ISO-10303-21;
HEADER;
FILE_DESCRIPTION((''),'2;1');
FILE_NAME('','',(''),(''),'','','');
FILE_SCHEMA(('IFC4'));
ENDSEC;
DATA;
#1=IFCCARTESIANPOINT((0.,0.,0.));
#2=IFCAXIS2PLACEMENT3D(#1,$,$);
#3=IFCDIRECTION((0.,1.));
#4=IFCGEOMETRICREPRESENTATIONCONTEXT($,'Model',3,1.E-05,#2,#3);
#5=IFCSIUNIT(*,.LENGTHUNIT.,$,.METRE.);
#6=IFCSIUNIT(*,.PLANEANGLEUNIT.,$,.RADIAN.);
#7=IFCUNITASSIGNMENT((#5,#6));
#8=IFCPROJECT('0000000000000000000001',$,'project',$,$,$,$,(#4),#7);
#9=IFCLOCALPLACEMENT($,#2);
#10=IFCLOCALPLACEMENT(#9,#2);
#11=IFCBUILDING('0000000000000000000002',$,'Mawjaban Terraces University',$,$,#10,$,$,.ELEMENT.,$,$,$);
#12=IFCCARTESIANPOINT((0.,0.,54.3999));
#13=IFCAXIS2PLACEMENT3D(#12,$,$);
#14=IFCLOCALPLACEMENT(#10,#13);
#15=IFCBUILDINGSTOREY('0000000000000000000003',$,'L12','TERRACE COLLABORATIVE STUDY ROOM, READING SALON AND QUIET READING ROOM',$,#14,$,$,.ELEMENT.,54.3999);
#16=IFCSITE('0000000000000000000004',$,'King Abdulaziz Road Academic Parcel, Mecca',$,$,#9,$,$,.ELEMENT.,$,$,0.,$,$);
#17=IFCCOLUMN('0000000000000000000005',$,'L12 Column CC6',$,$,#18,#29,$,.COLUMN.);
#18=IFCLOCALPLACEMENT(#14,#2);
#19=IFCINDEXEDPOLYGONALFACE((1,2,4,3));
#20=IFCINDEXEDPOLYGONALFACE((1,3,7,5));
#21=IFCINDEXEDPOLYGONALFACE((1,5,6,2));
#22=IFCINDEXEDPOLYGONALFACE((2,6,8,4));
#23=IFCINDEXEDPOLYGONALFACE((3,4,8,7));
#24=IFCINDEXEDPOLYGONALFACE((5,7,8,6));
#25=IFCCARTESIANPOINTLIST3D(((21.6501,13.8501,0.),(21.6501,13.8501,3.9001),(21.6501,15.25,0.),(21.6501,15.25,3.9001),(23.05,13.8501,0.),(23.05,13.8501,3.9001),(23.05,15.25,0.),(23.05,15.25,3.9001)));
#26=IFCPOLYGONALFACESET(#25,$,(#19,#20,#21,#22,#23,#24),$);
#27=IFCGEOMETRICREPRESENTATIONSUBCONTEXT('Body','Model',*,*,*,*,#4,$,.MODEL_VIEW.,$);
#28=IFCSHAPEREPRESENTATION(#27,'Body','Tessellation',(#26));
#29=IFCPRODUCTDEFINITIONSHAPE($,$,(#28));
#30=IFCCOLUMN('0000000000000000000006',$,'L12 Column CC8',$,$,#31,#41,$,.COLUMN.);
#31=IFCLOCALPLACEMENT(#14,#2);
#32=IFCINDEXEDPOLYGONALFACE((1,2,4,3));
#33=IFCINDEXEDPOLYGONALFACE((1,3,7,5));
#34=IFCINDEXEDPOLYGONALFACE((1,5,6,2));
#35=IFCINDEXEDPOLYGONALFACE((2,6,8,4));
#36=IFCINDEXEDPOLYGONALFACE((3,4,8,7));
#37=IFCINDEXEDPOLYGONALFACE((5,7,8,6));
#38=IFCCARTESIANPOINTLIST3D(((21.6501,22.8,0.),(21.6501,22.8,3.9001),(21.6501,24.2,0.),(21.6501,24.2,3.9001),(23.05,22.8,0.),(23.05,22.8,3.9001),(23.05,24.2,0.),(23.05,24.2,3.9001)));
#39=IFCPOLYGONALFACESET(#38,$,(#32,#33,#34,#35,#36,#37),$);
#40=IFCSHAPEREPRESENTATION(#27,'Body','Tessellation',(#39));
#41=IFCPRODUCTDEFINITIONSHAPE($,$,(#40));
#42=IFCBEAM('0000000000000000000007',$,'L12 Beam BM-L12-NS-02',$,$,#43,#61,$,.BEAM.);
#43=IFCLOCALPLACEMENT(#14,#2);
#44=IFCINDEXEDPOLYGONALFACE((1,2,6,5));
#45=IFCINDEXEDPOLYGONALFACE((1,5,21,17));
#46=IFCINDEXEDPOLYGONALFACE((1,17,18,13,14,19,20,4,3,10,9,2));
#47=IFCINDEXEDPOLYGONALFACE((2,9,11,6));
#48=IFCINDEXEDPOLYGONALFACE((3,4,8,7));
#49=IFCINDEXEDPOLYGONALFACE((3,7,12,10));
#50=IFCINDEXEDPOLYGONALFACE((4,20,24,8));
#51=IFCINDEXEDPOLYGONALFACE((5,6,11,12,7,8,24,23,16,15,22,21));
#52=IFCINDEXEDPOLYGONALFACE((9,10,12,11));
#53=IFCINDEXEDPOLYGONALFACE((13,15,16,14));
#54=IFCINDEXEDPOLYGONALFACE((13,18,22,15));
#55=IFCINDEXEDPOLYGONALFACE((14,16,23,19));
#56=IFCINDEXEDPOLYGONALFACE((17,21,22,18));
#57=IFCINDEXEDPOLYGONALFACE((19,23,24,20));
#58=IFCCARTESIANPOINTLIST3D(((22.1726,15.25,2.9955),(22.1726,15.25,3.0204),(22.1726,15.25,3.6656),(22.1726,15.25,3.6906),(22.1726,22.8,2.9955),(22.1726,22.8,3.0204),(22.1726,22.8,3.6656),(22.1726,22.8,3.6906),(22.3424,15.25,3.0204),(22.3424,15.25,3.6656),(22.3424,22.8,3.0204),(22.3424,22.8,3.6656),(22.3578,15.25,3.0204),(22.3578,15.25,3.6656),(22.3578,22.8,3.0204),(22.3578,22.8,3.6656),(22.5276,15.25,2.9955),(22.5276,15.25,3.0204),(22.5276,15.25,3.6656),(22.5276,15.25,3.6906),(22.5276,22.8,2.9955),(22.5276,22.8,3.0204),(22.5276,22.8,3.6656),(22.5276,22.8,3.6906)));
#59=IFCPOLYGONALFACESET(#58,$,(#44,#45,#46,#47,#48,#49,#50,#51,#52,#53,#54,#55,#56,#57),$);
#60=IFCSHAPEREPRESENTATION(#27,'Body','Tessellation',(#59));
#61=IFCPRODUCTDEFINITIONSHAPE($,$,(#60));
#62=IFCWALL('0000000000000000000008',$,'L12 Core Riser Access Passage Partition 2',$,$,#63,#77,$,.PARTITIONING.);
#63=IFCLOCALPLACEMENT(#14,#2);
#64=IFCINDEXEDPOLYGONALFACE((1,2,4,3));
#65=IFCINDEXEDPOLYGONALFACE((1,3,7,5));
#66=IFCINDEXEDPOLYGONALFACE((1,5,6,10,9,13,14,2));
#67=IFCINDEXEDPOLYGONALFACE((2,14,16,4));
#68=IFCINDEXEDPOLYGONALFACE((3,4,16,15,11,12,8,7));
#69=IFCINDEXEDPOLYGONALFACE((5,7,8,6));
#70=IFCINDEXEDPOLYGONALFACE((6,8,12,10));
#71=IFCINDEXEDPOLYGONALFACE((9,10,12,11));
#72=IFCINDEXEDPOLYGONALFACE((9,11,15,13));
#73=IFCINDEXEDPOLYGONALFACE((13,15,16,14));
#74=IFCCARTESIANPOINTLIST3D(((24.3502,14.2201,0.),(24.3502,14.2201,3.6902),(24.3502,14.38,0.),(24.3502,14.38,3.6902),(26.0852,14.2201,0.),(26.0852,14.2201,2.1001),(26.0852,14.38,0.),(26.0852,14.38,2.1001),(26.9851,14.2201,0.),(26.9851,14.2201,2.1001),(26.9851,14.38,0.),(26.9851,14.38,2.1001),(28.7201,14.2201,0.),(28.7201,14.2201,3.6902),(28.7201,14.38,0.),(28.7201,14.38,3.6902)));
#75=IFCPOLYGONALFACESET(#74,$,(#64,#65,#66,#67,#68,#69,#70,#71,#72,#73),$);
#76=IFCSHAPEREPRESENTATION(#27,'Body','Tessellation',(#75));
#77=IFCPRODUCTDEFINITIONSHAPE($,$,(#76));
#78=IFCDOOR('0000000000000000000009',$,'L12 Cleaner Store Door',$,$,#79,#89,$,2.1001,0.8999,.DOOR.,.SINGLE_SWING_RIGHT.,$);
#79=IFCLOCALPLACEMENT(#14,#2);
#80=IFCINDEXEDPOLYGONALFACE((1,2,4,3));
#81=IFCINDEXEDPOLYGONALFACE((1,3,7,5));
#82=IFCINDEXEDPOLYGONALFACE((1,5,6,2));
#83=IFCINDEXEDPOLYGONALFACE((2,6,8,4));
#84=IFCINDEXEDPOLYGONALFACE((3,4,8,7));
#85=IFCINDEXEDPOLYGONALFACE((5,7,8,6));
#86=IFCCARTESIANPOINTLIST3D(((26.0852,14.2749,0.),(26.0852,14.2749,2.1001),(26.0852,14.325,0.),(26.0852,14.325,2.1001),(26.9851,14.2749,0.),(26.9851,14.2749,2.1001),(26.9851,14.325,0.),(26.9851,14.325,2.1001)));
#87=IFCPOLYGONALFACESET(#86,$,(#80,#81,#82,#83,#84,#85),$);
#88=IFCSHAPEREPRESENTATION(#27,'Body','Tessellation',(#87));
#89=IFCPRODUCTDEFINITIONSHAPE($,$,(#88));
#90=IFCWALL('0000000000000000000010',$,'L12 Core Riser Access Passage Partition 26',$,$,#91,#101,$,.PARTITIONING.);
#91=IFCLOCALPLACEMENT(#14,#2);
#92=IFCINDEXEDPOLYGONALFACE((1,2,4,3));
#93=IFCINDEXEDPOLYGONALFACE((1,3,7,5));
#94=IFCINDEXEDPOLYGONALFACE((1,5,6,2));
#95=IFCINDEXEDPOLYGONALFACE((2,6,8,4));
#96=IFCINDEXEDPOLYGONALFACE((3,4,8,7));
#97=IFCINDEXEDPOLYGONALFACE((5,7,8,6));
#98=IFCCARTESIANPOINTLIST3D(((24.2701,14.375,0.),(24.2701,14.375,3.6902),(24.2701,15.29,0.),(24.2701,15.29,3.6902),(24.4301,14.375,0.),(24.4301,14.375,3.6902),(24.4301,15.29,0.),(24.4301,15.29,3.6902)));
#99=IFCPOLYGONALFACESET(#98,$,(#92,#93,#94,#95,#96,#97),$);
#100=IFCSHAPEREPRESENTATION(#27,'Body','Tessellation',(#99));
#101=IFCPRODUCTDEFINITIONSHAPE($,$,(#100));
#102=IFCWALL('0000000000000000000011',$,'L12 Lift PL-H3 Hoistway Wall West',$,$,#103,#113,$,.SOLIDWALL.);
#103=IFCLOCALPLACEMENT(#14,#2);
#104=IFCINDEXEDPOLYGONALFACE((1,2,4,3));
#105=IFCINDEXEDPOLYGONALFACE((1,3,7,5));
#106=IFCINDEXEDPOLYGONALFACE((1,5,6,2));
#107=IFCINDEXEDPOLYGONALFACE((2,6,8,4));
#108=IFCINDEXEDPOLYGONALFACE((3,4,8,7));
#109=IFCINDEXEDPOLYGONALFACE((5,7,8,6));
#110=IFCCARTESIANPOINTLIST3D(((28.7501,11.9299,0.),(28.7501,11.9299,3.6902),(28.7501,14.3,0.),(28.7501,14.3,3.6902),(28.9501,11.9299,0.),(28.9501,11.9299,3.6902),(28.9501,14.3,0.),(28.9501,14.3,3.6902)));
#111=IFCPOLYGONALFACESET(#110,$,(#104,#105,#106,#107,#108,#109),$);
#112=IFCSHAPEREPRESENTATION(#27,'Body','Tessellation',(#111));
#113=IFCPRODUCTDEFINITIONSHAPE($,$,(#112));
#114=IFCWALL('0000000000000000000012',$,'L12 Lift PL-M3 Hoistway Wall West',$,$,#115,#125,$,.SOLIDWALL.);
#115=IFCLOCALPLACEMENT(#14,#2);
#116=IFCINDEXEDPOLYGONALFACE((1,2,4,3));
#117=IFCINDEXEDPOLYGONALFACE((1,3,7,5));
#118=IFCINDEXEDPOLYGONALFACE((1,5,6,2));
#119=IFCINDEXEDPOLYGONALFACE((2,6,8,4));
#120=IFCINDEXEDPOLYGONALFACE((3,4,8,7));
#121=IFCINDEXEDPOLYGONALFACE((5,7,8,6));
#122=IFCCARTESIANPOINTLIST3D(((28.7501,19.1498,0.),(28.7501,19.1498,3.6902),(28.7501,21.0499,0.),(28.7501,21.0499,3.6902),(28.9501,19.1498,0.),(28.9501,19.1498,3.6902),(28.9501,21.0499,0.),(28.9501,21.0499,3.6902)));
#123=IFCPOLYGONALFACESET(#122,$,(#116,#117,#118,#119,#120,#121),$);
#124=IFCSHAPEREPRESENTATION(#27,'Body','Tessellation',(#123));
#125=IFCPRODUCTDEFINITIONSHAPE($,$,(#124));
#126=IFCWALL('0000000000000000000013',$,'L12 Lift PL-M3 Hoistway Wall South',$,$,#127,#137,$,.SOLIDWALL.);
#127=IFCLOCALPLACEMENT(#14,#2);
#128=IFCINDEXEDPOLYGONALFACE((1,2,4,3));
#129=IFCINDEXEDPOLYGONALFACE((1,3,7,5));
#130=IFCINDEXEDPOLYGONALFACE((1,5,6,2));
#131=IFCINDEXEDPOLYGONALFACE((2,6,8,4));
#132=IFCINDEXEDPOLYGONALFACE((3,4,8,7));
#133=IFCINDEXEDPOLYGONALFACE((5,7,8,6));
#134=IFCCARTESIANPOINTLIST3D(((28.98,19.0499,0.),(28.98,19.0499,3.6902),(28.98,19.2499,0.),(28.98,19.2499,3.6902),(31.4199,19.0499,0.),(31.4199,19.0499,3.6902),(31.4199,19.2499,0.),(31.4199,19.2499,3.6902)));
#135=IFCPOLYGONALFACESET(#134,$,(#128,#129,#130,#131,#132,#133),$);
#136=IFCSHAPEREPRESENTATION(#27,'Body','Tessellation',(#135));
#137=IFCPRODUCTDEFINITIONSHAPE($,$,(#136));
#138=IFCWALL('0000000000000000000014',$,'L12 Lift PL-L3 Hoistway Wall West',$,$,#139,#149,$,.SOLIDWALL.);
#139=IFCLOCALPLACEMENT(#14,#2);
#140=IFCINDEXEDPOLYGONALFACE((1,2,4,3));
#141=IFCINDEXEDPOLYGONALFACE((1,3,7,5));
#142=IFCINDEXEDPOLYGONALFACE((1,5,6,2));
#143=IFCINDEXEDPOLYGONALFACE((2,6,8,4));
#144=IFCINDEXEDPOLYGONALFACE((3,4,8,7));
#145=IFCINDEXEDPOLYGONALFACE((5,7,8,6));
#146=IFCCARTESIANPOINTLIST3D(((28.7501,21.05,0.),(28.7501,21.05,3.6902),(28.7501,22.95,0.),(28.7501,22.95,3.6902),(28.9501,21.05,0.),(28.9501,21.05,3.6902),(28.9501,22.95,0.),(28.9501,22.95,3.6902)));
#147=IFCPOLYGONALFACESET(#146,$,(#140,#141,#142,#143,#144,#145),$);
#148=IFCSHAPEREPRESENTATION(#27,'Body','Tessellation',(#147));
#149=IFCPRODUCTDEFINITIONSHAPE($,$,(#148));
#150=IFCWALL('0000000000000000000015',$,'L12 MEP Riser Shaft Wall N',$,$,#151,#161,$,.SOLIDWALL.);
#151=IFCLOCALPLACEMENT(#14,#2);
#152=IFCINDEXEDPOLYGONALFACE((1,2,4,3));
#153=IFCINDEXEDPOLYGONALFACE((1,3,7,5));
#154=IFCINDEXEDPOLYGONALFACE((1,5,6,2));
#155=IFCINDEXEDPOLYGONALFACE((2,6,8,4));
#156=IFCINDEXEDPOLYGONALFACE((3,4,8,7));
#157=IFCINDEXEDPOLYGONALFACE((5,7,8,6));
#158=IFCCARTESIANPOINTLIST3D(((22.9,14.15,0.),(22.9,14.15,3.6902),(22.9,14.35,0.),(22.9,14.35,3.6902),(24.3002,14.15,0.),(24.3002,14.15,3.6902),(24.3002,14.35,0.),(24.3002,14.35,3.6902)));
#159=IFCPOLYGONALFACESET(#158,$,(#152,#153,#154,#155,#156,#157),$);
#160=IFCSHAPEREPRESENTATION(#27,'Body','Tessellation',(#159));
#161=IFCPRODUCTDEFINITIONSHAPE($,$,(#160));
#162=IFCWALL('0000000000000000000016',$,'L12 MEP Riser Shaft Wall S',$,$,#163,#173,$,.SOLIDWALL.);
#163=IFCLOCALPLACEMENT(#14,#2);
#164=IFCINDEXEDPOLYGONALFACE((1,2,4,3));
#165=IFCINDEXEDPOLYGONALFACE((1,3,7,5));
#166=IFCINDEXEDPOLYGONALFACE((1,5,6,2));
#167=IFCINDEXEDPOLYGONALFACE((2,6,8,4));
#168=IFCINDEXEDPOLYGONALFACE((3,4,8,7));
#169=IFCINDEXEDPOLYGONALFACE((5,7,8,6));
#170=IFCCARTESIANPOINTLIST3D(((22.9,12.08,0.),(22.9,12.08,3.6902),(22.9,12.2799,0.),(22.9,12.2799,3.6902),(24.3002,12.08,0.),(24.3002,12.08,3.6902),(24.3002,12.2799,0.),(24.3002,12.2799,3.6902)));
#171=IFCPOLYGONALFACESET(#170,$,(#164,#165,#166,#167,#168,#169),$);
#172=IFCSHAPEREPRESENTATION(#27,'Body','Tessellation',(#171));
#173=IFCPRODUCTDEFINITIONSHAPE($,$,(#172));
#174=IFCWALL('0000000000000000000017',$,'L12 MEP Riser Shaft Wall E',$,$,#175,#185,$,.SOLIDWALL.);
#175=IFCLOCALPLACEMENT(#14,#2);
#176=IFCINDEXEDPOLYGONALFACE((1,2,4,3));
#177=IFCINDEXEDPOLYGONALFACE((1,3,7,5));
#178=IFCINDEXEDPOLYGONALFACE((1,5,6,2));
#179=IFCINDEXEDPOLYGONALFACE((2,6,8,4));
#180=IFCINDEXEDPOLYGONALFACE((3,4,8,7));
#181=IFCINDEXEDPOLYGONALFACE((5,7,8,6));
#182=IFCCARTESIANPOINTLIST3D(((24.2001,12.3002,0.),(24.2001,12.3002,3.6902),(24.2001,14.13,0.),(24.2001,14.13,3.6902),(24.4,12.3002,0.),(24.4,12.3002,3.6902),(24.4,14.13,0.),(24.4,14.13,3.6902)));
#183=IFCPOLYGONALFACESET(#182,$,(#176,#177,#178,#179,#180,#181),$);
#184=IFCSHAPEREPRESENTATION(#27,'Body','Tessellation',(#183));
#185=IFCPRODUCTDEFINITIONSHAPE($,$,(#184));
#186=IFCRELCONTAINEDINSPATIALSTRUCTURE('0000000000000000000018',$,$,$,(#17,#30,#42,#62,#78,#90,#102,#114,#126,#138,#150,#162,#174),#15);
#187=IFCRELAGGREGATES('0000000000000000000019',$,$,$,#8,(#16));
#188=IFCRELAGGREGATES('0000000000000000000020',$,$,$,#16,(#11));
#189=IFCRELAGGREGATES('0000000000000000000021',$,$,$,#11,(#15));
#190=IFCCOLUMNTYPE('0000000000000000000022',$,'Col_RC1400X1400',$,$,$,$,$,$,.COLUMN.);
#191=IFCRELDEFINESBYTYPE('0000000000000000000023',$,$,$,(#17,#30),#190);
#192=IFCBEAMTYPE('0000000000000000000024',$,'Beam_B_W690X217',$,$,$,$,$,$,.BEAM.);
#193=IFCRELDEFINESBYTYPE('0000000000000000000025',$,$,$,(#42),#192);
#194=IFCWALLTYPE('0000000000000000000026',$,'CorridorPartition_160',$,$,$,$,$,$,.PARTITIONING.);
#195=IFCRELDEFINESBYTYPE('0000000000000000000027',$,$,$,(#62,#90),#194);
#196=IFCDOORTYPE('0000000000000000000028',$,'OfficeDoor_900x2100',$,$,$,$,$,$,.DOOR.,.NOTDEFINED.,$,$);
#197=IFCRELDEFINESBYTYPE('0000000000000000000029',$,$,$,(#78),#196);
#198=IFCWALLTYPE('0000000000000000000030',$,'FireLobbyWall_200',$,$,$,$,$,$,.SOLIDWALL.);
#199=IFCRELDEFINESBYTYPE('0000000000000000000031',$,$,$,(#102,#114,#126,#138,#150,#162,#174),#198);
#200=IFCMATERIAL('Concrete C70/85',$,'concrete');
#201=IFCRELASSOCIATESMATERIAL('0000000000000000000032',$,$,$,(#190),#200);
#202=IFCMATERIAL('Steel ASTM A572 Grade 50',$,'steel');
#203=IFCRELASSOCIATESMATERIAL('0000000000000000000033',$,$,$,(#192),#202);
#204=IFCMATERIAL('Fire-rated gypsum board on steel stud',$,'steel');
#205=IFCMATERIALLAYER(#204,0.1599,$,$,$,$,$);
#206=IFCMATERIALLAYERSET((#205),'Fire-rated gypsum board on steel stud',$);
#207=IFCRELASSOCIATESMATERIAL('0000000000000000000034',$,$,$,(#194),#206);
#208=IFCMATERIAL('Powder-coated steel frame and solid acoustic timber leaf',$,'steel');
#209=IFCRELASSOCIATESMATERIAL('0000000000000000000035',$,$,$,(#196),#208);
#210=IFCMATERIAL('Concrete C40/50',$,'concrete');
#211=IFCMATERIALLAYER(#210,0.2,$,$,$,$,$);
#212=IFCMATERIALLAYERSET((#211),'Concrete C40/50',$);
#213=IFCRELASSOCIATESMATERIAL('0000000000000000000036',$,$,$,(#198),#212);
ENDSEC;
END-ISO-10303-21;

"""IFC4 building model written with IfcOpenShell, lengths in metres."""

from ifc_helpers import new_model, si_unit, direction, frame, frame_2d, origin, origin_2d, place, context, subcontext, project, spatial, rectangle, i_section, extrude, material, layer, layer_set, material_profile, profile_set, type_object, element, fill, save


model = new_model("IFC4")

# Units and contexts
model_context = context("Model", 3, precision=1e-05, world=origin(), true_north=direction((0.0, 1.0)))
body_context = subcontext(model_context, "Body", "Model", "MODEL_VIEW")
ifc_project = project(units=[si_unit("LENGTHUNIT", "METRE"), si_unit("PLANEANGLEUNIT", "RADIAN")], contexts=[model_context])

# Site, building, storey
site_placement = place(None, origin())
site = spatial("IfcSite", under=ifc_project, at=site_placement, Name="King Abdulaziz Road Academic Parcel, Mecca", CompositionType="ELEMENT", RefElevation=0.0)
building_placement = place(site_placement, origin())
building = spatial("IfcBuilding", under=site, at=building_placement, Name="Mawjaban Terraces University", CompositionType="ELEMENT")
storey_placement = place(building_placement, frame((0.0, 0.0, 54.3999)))
storey = spatial("IfcBuildingStorey", under=building, at=storey_placement, Name="L12", Description="TERRACE COLLABORATIVE STUDY ROOM, READING SALON AND QUIET READING ROOM", CompositionType="ELEMENT", Elevation=54.3999)

# Columns
ifc_material_1 = material(Name="Concrete C70/85", Category="concrete")
ifc_material_profile_1 = material_profile(ifc_material_1, rectangle(XDim=1.3999, YDim=1.3999, at=origin_2d()), Name="RC1400X1400")
ifc_profile_set_1 = profile_set([ifc_material_profile_1], Name="Concrete C70/85")
column_type = type_object("IfcColumnType", Name="Col_RC1400X1400", PredefinedType="COLUMN", material=ifc_profile_set_1)
for number, where, z_axis, x_axis, name in (
    (1, (22.3501, 14.55, 0.0), (0.0, 0.0, 1.0), (1.0, 0.0, 0.0), "L12 Column CC6"),
    (2, (22.3501, 23.5, 0.0), (0.0, 0.0, 1.0), (1.0, 0.0, 0.0), "L12 Column CC8"),
):
    element("IfcColumn", number, at=place(storey_placement, frame(where, z_axis=z_axis, x_axis=x_axis)), inside=storey, type_object=column_type, Name=name, PredefinedType="COLUMN", context=body_context, shape_type="SweptSolid", body=[
        extrude(rectangle(XDim=1.3999, YDim=1.3999, at=origin_2d()), origin(), (0.0, 0.0, 1.0), 3.9001),
    ])

# Beam
ifc_material_2 = material(Name="Steel ASTM A572 Grade 50", Category="steel")
ifc_material_profile_2 = material_profile(ifc_material_2, i_section(OverallWidth=0.355, OverallDepth=0.6951, WebThickness=0.0154, FlangeThickness=0.0249, at=origin_2d()), Name="W690X217")
ifc_profile_set_2 = profile_set([ifc_material_profile_2], Name="Steel ASTM A572 Grade 50")
beam_type = type_object("IfcBeamType", Name="Beam_B_W690X217", PredefinedType="BEAM", material=ifc_profile_set_2)
beam_placement = place(storey_placement, frame((22.3501, 15.25, 3.343), z_axis=(0.0, 1.0, 0.0), x_axis=(-1.0, 0.0, 0.0)))
element("IfcBeam", 3, at=beam_placement, inside=storey, type_object=beam_type, Name="L12 Beam BM-L12-NS-02", PredefinedType="BEAM", context=body_context, shape_type="SweptSolid", body=[
    extrude(i_section(OverallWidth=0.355, OverallDepth=0.6951, WebThickness=0.0154, FlangeThickness=0.0249, at=origin_2d()), origin(), (0.0, 0.0, 1.0), 7.55),
])

# Wall, opening, door
ifc_material_3 = material(Name="Fire-rated gypsum board on steel stud", Category="steel")
ifc_layer_1 = layer(ifc_material_3, 0.1599)
ifc_layer_set_1 = layer_set([ifc_layer_1], Name="Fire-rated gypsum board on steel stud")
wall_type_1 = type_object("IfcWallType", Name="CorridorPartition_160", PredefinedType="PARTITIONING", material=ifc_layer_set_1)
wall_1_placement = place(storey_placement, frame((24.3501, 14.3, 0.0), z_axis=(0.0, 0.0, 1.0), x_axis=(1.0, 0.0, 0.0)))
wall_1 = element("IfcWall", 4, at=wall_1_placement, inside=storey, type_object=wall_type_1, Name="L12 Core Riser Access Passage Partition 2", PredefinedType="PARTITIONING", context=body_context, shape_type="SweptSolid", body=[
    extrude(rectangle(XDim=4.3699, YDim=0.1599, at=frame_2d((2.1851, 0.0))), origin(), (0.0, 0.0, 1.0), 3.6902),
])
opening_placement = place(wall_1_placement, frame((1.7351, 0.0, 0.0)))
opening = element("IfcOpeningElement", 5, at=opening_placement, cuts=wall_1, PredefinedType="OPENING", context=body_context, shape_type="SweptSolid", body=[
    extrude(rectangle(XDim=0.8999, YDim=2.1001, at=frame_2d((0.45, 1.05))), frame((0.0, 0.0898, 0.0), z_axis=(0.0, -1.0, 0.0), x_axis=(1.0, 0.0, 0.0)), (0.0, 0.0, 1.0), 0.1799),
])
ifc_material_4 = material(Name="Powder-coated steel frame and solid acoustic timber leaf", Category="steel")
door_type = type_object("IfcDoorType", Name="OfficeDoor_900x2100", OperationType="NOTDEFINED", PredefinedType="DOOR", material=ifc_material_4)
door_placement = place(opening_placement, origin())
door = element("IfcDoor", 6, at=door_placement, inside=storey, type_object=door_type, Name="L12 Cleaner Store Door", OperationType="SINGLE_SWING_RIGHT", OverallHeight=2.1001, OverallWidth=0.8999, PredefinedType="DOOR", context=body_context, shape_type="SweptSolid", body=[
    extrude(rectangle(XDim=0.8999, YDim=2.1001, at=frame_2d((0.45, 1.05))), frame((0.0, 0.0249, 0.0), z_axis=(0.0, -1.0, 0.0), x_axis=(1.0, 0.0, 0.0)), (0.0, 0.0, 1.0), 0.05),
])
fill(opening, door)

# Walls
wall_2_placement = place(storey_placement, frame((24.3501, 15.29, 0.0), z_axis=(0.0, 0.0, 1.0), x_axis=(0.0, -1.0, 0.0)))
element("IfcWall", 7, at=wall_2_placement, inside=storey, type_object=wall_type_1, Name="L12 Core Riser Access Passage Partition 26", PredefinedType="PARTITIONING", context=body_context, shape_type="SweptSolid", body=[
    extrude(rectangle(XDim=0.915, YDim=0.1599, at=frame_2d((0.4575, 0.0))), origin(), (0.0, 0.0, 1.0), 3.6902),
])
ifc_material_5 = material(Name="Concrete C40/50", Category="concrete")
ifc_layer_2 = layer(ifc_material_5, 0.2)
ifc_layer_set_2 = layer_set([ifc_layer_2], Name="Concrete C40/50")
wall_type_2 = type_object("IfcWallType", Name="FireLobbyWall_200", PredefinedType="SOLIDWALL", material=ifc_layer_set_2)
wall_3_placement = place(storey_placement, frame((28.8501, 14.3, 0.0), z_axis=(0.0, 0.0, 1.0), x_axis=(0.0, -1.0, 0.0)))
element("IfcWall", 8, at=wall_3_placement, inside=storey, type_object=wall_type_2, Name="L12 Lift PL-H3 Hoistway Wall West", PredefinedType="SOLIDWALL", context=body_context, shape_type="SweptSolid", body=[
    extrude(rectangle(XDim=2.3701, YDim=0.2, at=frame_2d((1.1851, 0.0))), origin(), (0.0, 0.0, 1.0), 3.6902),
])
wall_4_placement = place(storey_placement, frame((28.8501, 21.05, 0.0), z_axis=(0.0, 0.0, 1.0), x_axis=(0.0, -1.0, 0.0)))
element("IfcWall", 9, at=wall_4_placement, inside=storey, type_object=wall_type_2, Name="L12 Lift PL-M3 Hoistway Wall West", PredefinedType="SOLIDWALL", context=body_context, shape_type="SweptSolid", body=[
    extrude(rectangle(XDim=1.9001, YDim=0.2, at=frame_2d((0.9502, 0.0))), origin(), (0.0, 0.0, 1.0), 3.6902),
])
wall_5_placement = place(storey_placement, frame((28.98, 19.1499, 0.0), z_axis=(0.0, 0.0, 1.0), x_axis=(1.0, 0.0, 0.0)))
element("IfcWall", 10, at=wall_5_placement, inside=storey, type_object=wall_type_2, Name="L12 Lift PL-M3 Hoistway Wall South", PredefinedType="SOLIDWALL", context=body_context, shape_type="SweptSolid", body=[
    extrude(rectangle(XDim=2.4399, YDim=0.2, at=frame_2d((1.22, 0.0))), origin(), (0.0, 0.0, 1.0), 3.6902),
])
wall_6_placement = place(storey_placement, frame((28.8501, 22.95, 0.0), z_axis=(0.0, 0.0, 1.0), x_axis=(0.0, -1.0, 0.0)))
element("IfcWall", 11, at=wall_6_placement, inside=storey, type_object=wall_type_2, Name="L12 Lift PL-L3 Hoistway Wall West", PredefinedType="SOLIDWALL", context=body_context, shape_type="SweptSolid", body=[
    extrude(rectangle(XDim=1.8999, YDim=0.2, at=frame_2d((0.95, 0.0))), origin(), (0.0, 0.0, 1.0), 3.6902),
])
for number, where, z_axis, x_axis, name in (
    (12, (22.8999, 14.25, 0.0), (0.0, 0.0, 1.0), (1.0, 0.0, 0.0), "L12 MEP Riser Shaft Wall N"),
    (13, (22.8999, 12.1799, 0.0), (0.0, 0.0, 1.0), (1.0, 0.0, 0.0), "L12 MEP Riser Shaft Wall S"),
):
    element("IfcWall", number, at=place(storey_placement, frame(where, z_axis=z_axis, x_axis=x_axis)), inside=storey, type_object=wall_type_2, Name=name, PredefinedType="SOLIDWALL", context=body_context, shape_type="SweptSolid", body=[
        extrude(rectangle(XDim=1.4001, YDim=0.2, at=frame_2d((0.7002, 0.0))), origin(), (0.0, 0.0, 1.0), 3.6902),
    ])
for number, where, z_axis, x_axis, name in (
    (14, (24.3, 12.3, 0.0), (0.0, 0.0, 1.0), (0.0, 1.0, 0.0), "L12 MEP Riser Shaft Wall E"),
):
    element("IfcWall", number, at=place(storey_placement, frame(where, z_axis=z_axis, x_axis=x_axis)), inside=storey, type_object=wall_type_2, Name=name, PredefinedType="SOLIDWALL", context=body_context, shape_type="SweptSolid", body=[
        extrude(rectangle(XDim=1.8298, YDim=0.2, at=frame_2d((0.915, 0.0))), origin(), (0.0, 0.0, 1.0), 3.6902),
    ])

save(model, "model.ifc")
